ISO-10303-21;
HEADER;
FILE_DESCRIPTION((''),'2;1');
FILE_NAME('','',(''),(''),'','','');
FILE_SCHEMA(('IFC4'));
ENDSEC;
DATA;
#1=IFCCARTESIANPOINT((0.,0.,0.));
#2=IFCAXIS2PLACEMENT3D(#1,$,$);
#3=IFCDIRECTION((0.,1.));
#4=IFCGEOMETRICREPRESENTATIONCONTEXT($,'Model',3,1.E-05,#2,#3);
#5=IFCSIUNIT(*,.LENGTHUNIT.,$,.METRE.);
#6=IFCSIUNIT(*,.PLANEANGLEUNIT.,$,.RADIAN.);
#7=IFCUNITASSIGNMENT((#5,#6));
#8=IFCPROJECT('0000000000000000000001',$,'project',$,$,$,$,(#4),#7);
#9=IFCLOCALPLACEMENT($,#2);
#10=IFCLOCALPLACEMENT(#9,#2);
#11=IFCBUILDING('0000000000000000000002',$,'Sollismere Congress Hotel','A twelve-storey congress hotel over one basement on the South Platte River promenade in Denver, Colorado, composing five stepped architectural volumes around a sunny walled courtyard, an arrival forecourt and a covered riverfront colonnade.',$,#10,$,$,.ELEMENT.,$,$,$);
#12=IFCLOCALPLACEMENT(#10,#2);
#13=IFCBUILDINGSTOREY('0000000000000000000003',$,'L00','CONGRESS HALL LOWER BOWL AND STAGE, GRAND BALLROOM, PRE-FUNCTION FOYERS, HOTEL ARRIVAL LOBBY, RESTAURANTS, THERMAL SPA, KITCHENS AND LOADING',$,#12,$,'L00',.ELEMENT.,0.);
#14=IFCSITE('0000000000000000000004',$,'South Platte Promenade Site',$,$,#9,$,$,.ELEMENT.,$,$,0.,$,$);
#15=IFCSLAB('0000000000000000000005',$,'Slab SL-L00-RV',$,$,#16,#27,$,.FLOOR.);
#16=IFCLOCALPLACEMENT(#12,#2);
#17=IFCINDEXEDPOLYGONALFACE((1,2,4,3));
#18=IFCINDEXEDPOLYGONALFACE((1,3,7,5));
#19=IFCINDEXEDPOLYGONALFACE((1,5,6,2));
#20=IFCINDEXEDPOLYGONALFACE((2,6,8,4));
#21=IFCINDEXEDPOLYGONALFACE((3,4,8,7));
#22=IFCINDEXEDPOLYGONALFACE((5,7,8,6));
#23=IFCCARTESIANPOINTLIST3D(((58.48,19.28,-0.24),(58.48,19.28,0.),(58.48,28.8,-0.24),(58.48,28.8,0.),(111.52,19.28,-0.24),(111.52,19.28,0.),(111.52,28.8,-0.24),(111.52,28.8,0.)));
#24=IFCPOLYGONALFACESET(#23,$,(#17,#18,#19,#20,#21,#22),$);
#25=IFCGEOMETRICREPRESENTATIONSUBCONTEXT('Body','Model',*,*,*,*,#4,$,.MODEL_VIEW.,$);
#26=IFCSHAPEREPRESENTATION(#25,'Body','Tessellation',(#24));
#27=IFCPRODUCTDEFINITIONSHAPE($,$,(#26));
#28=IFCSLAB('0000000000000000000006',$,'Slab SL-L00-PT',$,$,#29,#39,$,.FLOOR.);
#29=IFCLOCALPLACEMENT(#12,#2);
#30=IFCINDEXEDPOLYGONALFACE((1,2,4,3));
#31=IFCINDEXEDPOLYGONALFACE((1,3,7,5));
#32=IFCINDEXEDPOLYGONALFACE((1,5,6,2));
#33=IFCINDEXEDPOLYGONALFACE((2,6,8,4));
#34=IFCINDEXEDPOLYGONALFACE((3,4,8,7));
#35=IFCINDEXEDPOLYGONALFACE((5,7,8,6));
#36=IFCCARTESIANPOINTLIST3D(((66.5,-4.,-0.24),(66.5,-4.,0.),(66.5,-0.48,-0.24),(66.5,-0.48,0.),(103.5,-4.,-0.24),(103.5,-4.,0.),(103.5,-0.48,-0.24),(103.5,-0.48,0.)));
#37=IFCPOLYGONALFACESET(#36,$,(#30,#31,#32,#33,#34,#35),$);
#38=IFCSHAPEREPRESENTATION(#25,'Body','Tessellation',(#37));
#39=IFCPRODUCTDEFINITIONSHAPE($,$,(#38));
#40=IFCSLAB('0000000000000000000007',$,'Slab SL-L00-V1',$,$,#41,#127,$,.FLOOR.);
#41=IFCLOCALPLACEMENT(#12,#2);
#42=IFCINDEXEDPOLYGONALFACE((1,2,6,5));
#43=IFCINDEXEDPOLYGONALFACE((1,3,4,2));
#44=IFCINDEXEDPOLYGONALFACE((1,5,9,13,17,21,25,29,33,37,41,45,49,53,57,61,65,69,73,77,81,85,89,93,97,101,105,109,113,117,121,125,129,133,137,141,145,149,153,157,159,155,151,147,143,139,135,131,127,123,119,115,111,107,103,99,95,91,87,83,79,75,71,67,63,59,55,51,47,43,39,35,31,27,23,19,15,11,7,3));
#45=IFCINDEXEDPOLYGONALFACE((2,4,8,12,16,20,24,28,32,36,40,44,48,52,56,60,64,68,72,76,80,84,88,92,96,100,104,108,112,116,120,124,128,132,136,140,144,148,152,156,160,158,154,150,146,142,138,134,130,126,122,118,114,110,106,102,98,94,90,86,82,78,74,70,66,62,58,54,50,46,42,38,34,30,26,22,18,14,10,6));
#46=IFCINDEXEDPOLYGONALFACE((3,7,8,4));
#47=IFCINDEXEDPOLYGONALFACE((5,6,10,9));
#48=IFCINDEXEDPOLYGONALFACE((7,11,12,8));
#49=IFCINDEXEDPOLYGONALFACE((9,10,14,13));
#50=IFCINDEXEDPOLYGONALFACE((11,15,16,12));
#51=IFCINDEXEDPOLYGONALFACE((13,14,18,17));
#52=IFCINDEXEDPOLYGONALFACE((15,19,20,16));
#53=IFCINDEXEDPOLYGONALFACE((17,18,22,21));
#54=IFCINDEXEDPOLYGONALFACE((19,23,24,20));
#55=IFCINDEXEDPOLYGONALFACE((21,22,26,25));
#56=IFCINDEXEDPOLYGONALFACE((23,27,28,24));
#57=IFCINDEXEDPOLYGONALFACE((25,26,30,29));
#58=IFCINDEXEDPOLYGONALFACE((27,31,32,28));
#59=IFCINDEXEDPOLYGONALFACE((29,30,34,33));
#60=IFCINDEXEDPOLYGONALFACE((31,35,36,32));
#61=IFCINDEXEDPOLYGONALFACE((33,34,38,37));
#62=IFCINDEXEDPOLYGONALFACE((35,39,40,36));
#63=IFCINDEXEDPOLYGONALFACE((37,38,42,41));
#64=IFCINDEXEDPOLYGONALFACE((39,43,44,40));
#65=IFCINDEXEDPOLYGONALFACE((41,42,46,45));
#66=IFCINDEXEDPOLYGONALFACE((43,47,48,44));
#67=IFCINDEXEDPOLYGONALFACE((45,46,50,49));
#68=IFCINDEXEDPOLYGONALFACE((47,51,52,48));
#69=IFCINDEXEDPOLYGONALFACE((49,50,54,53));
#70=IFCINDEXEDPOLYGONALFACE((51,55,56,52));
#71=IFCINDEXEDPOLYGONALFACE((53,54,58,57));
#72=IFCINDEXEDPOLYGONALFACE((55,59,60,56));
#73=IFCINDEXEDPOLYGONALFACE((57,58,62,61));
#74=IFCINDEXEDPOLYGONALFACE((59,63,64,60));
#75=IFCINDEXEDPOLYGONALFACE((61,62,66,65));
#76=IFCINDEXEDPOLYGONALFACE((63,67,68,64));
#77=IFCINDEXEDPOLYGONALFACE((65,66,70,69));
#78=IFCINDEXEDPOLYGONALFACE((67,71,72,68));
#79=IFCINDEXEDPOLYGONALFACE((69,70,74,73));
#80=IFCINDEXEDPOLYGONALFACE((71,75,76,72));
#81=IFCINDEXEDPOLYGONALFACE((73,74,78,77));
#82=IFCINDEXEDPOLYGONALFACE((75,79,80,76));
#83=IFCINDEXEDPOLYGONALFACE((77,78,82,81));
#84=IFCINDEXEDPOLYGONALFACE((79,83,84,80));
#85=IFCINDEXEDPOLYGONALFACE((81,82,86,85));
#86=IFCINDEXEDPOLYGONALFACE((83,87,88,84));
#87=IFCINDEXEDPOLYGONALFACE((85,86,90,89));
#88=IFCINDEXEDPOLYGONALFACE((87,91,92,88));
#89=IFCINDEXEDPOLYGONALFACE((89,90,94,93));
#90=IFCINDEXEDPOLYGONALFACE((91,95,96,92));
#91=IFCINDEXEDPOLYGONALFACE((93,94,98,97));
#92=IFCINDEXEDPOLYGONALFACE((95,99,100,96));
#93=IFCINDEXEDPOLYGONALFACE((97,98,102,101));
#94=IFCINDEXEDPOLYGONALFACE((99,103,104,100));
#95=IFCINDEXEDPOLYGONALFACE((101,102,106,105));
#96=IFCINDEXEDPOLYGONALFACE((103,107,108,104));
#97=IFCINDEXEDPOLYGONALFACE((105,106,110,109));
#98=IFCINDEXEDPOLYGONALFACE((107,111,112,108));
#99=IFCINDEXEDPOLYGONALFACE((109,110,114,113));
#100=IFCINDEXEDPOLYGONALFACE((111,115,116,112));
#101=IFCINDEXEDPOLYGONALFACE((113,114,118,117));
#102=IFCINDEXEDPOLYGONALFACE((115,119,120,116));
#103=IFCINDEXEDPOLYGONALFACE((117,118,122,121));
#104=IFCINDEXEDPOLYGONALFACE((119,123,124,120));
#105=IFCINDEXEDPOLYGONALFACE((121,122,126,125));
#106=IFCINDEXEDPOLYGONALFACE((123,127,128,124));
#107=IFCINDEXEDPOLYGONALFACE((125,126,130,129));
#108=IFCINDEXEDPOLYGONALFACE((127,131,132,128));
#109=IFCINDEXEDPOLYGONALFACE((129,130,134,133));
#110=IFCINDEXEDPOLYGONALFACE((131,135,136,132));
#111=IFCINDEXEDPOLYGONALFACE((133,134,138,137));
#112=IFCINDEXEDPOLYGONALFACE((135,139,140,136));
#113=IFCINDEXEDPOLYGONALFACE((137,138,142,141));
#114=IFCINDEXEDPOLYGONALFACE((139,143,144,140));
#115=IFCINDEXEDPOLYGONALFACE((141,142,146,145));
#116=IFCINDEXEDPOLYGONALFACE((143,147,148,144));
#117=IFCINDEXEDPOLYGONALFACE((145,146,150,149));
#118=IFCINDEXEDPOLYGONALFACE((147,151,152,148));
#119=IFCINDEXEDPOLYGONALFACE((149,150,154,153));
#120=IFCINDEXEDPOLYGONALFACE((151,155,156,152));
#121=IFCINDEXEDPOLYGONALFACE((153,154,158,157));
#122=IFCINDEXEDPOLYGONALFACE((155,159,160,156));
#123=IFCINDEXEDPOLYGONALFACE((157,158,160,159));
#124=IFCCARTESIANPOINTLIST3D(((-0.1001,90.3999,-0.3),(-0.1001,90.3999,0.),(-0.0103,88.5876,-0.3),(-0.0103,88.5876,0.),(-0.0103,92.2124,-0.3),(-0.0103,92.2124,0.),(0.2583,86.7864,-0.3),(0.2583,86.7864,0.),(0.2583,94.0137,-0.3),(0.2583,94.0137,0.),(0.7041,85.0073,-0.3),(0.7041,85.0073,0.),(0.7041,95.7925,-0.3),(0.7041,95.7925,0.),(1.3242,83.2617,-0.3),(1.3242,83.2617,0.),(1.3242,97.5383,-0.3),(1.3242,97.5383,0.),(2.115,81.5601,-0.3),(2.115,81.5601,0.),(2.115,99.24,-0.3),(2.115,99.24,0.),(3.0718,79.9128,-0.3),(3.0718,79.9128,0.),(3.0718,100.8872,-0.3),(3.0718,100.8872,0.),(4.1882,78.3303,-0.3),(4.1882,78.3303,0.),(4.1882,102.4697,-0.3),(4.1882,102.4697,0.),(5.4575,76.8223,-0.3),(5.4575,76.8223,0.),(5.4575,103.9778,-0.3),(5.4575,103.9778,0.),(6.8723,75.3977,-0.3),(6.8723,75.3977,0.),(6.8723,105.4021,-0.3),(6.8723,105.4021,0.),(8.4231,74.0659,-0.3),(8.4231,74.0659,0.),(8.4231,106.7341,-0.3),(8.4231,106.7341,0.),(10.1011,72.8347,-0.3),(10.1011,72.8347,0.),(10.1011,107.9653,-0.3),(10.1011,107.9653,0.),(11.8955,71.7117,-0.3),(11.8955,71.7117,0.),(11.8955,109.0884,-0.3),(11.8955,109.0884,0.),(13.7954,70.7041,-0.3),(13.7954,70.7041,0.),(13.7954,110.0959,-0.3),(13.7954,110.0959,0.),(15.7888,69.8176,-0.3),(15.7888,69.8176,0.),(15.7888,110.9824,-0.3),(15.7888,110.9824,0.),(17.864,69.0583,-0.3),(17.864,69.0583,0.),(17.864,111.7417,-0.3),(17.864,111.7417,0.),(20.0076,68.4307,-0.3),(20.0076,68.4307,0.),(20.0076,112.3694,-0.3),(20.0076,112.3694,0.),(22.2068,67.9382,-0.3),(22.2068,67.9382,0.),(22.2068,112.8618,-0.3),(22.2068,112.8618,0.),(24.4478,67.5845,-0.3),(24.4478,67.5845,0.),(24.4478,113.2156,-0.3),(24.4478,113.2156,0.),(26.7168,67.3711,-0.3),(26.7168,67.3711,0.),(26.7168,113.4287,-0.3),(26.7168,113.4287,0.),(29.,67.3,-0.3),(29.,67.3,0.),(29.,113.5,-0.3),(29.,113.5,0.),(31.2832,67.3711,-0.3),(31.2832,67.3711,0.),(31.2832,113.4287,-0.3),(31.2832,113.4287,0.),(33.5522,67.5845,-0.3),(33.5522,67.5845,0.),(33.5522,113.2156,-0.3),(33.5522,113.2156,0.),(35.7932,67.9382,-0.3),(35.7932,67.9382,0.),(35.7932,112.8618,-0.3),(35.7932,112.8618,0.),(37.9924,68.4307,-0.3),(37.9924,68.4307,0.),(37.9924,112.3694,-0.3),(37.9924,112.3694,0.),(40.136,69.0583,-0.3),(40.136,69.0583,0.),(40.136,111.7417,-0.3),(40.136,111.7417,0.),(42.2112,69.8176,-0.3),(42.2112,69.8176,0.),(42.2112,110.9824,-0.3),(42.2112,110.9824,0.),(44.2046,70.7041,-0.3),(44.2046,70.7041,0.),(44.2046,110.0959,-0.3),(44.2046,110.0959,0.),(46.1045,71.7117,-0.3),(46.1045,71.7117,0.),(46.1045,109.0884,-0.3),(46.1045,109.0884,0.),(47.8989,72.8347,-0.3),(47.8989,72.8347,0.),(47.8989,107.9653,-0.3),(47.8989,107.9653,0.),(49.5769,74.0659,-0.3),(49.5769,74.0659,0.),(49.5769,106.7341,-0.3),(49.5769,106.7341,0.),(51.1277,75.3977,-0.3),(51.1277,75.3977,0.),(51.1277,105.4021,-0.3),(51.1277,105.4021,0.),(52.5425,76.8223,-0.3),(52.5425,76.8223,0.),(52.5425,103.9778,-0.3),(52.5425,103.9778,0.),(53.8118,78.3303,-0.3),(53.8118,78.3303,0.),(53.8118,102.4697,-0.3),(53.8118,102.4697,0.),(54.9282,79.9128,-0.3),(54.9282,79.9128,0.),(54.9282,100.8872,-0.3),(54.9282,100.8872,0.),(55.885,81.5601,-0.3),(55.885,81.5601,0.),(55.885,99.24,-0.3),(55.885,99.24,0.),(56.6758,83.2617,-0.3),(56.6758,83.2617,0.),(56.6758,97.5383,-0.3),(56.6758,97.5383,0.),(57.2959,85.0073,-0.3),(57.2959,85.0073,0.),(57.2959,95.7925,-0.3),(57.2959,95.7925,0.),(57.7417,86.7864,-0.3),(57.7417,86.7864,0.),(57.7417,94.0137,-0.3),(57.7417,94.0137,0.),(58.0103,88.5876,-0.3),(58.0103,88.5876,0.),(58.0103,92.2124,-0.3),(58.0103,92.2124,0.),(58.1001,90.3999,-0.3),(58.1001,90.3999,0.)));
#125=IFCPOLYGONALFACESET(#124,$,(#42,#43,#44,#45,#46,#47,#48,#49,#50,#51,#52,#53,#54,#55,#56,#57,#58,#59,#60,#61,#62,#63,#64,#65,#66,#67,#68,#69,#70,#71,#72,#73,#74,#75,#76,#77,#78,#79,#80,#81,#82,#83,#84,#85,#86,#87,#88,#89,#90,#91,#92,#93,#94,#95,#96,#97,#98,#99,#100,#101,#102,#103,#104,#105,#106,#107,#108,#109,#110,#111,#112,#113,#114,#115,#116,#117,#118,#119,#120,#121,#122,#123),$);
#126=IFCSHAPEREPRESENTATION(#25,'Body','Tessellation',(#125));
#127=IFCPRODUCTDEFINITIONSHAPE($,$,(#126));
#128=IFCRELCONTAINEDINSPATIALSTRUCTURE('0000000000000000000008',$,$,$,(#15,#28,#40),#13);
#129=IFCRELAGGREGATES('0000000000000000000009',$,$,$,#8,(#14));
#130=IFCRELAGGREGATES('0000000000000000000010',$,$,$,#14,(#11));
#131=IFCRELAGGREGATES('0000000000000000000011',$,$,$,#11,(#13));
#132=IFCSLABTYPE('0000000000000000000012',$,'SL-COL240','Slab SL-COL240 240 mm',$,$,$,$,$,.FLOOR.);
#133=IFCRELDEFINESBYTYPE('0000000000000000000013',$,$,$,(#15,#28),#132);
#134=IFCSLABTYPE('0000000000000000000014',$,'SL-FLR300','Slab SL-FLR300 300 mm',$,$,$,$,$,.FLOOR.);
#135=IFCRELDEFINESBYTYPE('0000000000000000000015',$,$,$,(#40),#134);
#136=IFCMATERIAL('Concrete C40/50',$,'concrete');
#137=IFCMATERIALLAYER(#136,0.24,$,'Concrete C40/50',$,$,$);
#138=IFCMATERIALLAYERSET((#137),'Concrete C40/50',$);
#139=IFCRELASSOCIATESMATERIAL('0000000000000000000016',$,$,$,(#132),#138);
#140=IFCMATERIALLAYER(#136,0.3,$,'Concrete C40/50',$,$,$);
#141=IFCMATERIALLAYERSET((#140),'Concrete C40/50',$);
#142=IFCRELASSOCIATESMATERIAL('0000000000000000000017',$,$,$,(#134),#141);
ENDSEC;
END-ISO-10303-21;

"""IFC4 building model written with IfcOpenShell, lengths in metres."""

from ifc_helpers import new_model, si_unit, direction, frame, origin, place, context, subcontext, project, spatial, polyline, outline, extrude, material, layer, layer_set, type_object, element, save


model = new_model("IFC4")

# Units and contexts
model_context = context("Model", 3, precision=1e-05, world=origin(), true_north=direction((0.0, 1.0)))
body_context = subcontext(model_context, "Body", "Model", "MODEL_VIEW")
ifc_project = project(units=[si_unit("LENGTHUNIT", "METRE"), si_unit("PLANEANGLEUNIT", "RADIAN")], contexts=[model_context])

# Site, building, storey
site_placement = place(None, origin())
site = spatial("IfcSite", under=ifc_project, at=site_placement, Name="South Platte Promenade Site", CompositionType="ELEMENT", RefElevation=0.0)
building_placement = place(site_placement, origin())
building = spatial("IfcBuilding", under=site, at=building_placement, Name="Sollismere Congress Hotel", Description="A twelve-storey congress hotel over one basement on the South Platte River promenade in Denver, Colorado, composing five stepped architectural volumes around a sunny walled courtyard, an arrival forecourt and a covered riverfront colonnade.", CompositionType="ELEMENT")
storey_placement = place(building_placement, origin())
storey = spatial("IfcBuildingStorey", under=building, at=storey_placement, Name="L00", Description="CONGRESS HALL LOWER BOWL AND STAGE, GRAND BALLROOM, PRE-FUNCTION FOYERS, HOTEL ARRIVAL LOBBY, RESTAURANTS, THERMAL SPA, KITCHENS AND LOADING", LongName="L00", CompositionType="ELEMENT", Elevation=0.0)

# Slabs
ifc_material_1 = material(Name="Concrete C40/50", Category="concrete")
ifc_layer_1 = layer(ifc_material_1, 0.24, Name="Concrete C40/50")
ifc_layer_set_1 = layer_set([ifc_layer_1], Name="Concrete C40/50")
slab_type_1 = type_object("IfcSlabType", Name="SL-COL240", Description="Slab SL-COL240 240 mm", PredefinedType="FLOOR", material=ifc_layer_set_1)
slab_1_placement = place(storey_placement, frame((0.0, 0.0, -0.24)))
element("IfcSlab", 1, at=slab_1_placement, inside=storey, type_object=slab_type_1, Name="Slab SL-L00-RV", PredefinedType="FLOOR", context=body_context, shape_type="SweptSolid", body=[
    extrude(outline(polyline([(111.52, 19.28), (111.52, 28.8), (58.48, 28.8), (58.48, 19.28), (111.52, 19.28)])), origin(), (0.0, 0.0, 1.0), 0.24),
])
slab_2_placement = place(storey_placement, frame((0.0, 0.0, -0.24)))
element("IfcSlab", 2, at=slab_2_placement, inside=storey, type_object=slab_type_1, Name="Slab SL-L00-PT", PredefinedType="FLOOR", context=body_context, shape_type="SweptSolid", body=[
    extrude(outline(polyline([(103.5, -4.0), (103.5, -0.48), (66.5, -0.48), (66.5, -4.0), (103.5, -4.0)])), origin(), (0.0, 0.0, 1.0), 0.24),
])
ifc_layer_2 = layer(ifc_material_1, 0.3, Name="Concrete C40/50")
ifc_layer_set_2 = layer_set([ifc_layer_2], Name="Concrete C40/50")
slab_type_2 = type_object("IfcSlabType", Name="SL-FLR300", Description="Slab SL-FLR300 300 mm", PredefinedType="FLOOR", material=ifc_layer_set_2)
slab_3_placement = place(storey_placement, frame((0.0, 0.0, -0.3)))
element("IfcSlab", 3, at=slab_3_placement, inside=storey, type_object=slab_type_2, Name="Slab SL-L00-V1", PredefinedType="FLOOR", context=body_context, shape_type="SweptSolid", body=[
    extrude(outline(polyline([(58.1001, 90.3999), (58.0103, 92.2124), (57.7417, 94.0137), (57.2959, 95.7925), (56.6758, 97.5383), (55.885, 99.24), (54.9282, 100.8872), (53.8118, 102.4697), (52.5425, 103.9778), (51.1277, 105.4021), (49.5769, 106.7341), (47.8989, 107.9653), (46.1045, 109.0884), (44.2046, 110.0959), (42.2112, 110.9824), (40.136, 111.7417), (37.9924, 112.3694), (35.7932, 112.8618), (33.5522, 113.2156), (31.2832, 113.4287), (29.0, 113.5), (26.7168, 113.4287), (24.4478, 113.2156), (22.2068, 112.8618), (20.0076, 112.3694), (17.864, 111.7417), (15.7888, 110.9824), (13.7954, 110.0959), (11.8955, 109.0884), (10.1011, 107.9653), (8.4231, 106.7341), (6.8723, 105.4021), (5.4575, 103.9778), (4.1882, 102.4697), (3.0718, 100.8872), (2.115, 99.24), (1.3242, 97.5383), (0.7041, 95.7925), (0.2583, 94.0137), (-0.0103, 92.2124), (-0.1001, 90.3999), (-0.0103, 88.5876), (0.2583, 86.7864), (0.7041, 85.0073), (1.3242, 83.2617), (2.115, 81.5601), (3.0718, 79.9128), (4.1882, 78.3303), (5.4575, 76.8223), (6.8723, 75.3977), (8.4231, 74.0659), (10.1011, 72.8347), (11.8955, 71.7117), (13.7954, 70.7041), (15.7888, 69.8176), (17.864, 69.0583), (20.0076, 68.4307), (22.2068, 67.9382), (24.4478, 67.5845), (26.7168, 67.3711), (29.0, 67.3), (31.2832, 67.3711), (33.5522, 67.5845), (35.7932, 67.9382), (37.9924, 68.4307), (40.136, 69.0583), (42.2112, 69.8176), (44.2046, 70.7041), (46.1045, 71.7117), (47.8989, 72.8347), (49.5769, 74.0659), (51.1277, 75.3977), (52.5425, 76.8223), (53.8118, 78.3303), (54.9282, 79.9128), (55.885, 81.5601), (56.6758, 83.2617), (57.2959, 85.0073), (57.7417, 86.7864), (58.0103, 88.5876), (58.1001, 90.3999)])), origin(), (0.0, 0.0, 1.0), 0.3),
])

save(model, "model.ifc")
